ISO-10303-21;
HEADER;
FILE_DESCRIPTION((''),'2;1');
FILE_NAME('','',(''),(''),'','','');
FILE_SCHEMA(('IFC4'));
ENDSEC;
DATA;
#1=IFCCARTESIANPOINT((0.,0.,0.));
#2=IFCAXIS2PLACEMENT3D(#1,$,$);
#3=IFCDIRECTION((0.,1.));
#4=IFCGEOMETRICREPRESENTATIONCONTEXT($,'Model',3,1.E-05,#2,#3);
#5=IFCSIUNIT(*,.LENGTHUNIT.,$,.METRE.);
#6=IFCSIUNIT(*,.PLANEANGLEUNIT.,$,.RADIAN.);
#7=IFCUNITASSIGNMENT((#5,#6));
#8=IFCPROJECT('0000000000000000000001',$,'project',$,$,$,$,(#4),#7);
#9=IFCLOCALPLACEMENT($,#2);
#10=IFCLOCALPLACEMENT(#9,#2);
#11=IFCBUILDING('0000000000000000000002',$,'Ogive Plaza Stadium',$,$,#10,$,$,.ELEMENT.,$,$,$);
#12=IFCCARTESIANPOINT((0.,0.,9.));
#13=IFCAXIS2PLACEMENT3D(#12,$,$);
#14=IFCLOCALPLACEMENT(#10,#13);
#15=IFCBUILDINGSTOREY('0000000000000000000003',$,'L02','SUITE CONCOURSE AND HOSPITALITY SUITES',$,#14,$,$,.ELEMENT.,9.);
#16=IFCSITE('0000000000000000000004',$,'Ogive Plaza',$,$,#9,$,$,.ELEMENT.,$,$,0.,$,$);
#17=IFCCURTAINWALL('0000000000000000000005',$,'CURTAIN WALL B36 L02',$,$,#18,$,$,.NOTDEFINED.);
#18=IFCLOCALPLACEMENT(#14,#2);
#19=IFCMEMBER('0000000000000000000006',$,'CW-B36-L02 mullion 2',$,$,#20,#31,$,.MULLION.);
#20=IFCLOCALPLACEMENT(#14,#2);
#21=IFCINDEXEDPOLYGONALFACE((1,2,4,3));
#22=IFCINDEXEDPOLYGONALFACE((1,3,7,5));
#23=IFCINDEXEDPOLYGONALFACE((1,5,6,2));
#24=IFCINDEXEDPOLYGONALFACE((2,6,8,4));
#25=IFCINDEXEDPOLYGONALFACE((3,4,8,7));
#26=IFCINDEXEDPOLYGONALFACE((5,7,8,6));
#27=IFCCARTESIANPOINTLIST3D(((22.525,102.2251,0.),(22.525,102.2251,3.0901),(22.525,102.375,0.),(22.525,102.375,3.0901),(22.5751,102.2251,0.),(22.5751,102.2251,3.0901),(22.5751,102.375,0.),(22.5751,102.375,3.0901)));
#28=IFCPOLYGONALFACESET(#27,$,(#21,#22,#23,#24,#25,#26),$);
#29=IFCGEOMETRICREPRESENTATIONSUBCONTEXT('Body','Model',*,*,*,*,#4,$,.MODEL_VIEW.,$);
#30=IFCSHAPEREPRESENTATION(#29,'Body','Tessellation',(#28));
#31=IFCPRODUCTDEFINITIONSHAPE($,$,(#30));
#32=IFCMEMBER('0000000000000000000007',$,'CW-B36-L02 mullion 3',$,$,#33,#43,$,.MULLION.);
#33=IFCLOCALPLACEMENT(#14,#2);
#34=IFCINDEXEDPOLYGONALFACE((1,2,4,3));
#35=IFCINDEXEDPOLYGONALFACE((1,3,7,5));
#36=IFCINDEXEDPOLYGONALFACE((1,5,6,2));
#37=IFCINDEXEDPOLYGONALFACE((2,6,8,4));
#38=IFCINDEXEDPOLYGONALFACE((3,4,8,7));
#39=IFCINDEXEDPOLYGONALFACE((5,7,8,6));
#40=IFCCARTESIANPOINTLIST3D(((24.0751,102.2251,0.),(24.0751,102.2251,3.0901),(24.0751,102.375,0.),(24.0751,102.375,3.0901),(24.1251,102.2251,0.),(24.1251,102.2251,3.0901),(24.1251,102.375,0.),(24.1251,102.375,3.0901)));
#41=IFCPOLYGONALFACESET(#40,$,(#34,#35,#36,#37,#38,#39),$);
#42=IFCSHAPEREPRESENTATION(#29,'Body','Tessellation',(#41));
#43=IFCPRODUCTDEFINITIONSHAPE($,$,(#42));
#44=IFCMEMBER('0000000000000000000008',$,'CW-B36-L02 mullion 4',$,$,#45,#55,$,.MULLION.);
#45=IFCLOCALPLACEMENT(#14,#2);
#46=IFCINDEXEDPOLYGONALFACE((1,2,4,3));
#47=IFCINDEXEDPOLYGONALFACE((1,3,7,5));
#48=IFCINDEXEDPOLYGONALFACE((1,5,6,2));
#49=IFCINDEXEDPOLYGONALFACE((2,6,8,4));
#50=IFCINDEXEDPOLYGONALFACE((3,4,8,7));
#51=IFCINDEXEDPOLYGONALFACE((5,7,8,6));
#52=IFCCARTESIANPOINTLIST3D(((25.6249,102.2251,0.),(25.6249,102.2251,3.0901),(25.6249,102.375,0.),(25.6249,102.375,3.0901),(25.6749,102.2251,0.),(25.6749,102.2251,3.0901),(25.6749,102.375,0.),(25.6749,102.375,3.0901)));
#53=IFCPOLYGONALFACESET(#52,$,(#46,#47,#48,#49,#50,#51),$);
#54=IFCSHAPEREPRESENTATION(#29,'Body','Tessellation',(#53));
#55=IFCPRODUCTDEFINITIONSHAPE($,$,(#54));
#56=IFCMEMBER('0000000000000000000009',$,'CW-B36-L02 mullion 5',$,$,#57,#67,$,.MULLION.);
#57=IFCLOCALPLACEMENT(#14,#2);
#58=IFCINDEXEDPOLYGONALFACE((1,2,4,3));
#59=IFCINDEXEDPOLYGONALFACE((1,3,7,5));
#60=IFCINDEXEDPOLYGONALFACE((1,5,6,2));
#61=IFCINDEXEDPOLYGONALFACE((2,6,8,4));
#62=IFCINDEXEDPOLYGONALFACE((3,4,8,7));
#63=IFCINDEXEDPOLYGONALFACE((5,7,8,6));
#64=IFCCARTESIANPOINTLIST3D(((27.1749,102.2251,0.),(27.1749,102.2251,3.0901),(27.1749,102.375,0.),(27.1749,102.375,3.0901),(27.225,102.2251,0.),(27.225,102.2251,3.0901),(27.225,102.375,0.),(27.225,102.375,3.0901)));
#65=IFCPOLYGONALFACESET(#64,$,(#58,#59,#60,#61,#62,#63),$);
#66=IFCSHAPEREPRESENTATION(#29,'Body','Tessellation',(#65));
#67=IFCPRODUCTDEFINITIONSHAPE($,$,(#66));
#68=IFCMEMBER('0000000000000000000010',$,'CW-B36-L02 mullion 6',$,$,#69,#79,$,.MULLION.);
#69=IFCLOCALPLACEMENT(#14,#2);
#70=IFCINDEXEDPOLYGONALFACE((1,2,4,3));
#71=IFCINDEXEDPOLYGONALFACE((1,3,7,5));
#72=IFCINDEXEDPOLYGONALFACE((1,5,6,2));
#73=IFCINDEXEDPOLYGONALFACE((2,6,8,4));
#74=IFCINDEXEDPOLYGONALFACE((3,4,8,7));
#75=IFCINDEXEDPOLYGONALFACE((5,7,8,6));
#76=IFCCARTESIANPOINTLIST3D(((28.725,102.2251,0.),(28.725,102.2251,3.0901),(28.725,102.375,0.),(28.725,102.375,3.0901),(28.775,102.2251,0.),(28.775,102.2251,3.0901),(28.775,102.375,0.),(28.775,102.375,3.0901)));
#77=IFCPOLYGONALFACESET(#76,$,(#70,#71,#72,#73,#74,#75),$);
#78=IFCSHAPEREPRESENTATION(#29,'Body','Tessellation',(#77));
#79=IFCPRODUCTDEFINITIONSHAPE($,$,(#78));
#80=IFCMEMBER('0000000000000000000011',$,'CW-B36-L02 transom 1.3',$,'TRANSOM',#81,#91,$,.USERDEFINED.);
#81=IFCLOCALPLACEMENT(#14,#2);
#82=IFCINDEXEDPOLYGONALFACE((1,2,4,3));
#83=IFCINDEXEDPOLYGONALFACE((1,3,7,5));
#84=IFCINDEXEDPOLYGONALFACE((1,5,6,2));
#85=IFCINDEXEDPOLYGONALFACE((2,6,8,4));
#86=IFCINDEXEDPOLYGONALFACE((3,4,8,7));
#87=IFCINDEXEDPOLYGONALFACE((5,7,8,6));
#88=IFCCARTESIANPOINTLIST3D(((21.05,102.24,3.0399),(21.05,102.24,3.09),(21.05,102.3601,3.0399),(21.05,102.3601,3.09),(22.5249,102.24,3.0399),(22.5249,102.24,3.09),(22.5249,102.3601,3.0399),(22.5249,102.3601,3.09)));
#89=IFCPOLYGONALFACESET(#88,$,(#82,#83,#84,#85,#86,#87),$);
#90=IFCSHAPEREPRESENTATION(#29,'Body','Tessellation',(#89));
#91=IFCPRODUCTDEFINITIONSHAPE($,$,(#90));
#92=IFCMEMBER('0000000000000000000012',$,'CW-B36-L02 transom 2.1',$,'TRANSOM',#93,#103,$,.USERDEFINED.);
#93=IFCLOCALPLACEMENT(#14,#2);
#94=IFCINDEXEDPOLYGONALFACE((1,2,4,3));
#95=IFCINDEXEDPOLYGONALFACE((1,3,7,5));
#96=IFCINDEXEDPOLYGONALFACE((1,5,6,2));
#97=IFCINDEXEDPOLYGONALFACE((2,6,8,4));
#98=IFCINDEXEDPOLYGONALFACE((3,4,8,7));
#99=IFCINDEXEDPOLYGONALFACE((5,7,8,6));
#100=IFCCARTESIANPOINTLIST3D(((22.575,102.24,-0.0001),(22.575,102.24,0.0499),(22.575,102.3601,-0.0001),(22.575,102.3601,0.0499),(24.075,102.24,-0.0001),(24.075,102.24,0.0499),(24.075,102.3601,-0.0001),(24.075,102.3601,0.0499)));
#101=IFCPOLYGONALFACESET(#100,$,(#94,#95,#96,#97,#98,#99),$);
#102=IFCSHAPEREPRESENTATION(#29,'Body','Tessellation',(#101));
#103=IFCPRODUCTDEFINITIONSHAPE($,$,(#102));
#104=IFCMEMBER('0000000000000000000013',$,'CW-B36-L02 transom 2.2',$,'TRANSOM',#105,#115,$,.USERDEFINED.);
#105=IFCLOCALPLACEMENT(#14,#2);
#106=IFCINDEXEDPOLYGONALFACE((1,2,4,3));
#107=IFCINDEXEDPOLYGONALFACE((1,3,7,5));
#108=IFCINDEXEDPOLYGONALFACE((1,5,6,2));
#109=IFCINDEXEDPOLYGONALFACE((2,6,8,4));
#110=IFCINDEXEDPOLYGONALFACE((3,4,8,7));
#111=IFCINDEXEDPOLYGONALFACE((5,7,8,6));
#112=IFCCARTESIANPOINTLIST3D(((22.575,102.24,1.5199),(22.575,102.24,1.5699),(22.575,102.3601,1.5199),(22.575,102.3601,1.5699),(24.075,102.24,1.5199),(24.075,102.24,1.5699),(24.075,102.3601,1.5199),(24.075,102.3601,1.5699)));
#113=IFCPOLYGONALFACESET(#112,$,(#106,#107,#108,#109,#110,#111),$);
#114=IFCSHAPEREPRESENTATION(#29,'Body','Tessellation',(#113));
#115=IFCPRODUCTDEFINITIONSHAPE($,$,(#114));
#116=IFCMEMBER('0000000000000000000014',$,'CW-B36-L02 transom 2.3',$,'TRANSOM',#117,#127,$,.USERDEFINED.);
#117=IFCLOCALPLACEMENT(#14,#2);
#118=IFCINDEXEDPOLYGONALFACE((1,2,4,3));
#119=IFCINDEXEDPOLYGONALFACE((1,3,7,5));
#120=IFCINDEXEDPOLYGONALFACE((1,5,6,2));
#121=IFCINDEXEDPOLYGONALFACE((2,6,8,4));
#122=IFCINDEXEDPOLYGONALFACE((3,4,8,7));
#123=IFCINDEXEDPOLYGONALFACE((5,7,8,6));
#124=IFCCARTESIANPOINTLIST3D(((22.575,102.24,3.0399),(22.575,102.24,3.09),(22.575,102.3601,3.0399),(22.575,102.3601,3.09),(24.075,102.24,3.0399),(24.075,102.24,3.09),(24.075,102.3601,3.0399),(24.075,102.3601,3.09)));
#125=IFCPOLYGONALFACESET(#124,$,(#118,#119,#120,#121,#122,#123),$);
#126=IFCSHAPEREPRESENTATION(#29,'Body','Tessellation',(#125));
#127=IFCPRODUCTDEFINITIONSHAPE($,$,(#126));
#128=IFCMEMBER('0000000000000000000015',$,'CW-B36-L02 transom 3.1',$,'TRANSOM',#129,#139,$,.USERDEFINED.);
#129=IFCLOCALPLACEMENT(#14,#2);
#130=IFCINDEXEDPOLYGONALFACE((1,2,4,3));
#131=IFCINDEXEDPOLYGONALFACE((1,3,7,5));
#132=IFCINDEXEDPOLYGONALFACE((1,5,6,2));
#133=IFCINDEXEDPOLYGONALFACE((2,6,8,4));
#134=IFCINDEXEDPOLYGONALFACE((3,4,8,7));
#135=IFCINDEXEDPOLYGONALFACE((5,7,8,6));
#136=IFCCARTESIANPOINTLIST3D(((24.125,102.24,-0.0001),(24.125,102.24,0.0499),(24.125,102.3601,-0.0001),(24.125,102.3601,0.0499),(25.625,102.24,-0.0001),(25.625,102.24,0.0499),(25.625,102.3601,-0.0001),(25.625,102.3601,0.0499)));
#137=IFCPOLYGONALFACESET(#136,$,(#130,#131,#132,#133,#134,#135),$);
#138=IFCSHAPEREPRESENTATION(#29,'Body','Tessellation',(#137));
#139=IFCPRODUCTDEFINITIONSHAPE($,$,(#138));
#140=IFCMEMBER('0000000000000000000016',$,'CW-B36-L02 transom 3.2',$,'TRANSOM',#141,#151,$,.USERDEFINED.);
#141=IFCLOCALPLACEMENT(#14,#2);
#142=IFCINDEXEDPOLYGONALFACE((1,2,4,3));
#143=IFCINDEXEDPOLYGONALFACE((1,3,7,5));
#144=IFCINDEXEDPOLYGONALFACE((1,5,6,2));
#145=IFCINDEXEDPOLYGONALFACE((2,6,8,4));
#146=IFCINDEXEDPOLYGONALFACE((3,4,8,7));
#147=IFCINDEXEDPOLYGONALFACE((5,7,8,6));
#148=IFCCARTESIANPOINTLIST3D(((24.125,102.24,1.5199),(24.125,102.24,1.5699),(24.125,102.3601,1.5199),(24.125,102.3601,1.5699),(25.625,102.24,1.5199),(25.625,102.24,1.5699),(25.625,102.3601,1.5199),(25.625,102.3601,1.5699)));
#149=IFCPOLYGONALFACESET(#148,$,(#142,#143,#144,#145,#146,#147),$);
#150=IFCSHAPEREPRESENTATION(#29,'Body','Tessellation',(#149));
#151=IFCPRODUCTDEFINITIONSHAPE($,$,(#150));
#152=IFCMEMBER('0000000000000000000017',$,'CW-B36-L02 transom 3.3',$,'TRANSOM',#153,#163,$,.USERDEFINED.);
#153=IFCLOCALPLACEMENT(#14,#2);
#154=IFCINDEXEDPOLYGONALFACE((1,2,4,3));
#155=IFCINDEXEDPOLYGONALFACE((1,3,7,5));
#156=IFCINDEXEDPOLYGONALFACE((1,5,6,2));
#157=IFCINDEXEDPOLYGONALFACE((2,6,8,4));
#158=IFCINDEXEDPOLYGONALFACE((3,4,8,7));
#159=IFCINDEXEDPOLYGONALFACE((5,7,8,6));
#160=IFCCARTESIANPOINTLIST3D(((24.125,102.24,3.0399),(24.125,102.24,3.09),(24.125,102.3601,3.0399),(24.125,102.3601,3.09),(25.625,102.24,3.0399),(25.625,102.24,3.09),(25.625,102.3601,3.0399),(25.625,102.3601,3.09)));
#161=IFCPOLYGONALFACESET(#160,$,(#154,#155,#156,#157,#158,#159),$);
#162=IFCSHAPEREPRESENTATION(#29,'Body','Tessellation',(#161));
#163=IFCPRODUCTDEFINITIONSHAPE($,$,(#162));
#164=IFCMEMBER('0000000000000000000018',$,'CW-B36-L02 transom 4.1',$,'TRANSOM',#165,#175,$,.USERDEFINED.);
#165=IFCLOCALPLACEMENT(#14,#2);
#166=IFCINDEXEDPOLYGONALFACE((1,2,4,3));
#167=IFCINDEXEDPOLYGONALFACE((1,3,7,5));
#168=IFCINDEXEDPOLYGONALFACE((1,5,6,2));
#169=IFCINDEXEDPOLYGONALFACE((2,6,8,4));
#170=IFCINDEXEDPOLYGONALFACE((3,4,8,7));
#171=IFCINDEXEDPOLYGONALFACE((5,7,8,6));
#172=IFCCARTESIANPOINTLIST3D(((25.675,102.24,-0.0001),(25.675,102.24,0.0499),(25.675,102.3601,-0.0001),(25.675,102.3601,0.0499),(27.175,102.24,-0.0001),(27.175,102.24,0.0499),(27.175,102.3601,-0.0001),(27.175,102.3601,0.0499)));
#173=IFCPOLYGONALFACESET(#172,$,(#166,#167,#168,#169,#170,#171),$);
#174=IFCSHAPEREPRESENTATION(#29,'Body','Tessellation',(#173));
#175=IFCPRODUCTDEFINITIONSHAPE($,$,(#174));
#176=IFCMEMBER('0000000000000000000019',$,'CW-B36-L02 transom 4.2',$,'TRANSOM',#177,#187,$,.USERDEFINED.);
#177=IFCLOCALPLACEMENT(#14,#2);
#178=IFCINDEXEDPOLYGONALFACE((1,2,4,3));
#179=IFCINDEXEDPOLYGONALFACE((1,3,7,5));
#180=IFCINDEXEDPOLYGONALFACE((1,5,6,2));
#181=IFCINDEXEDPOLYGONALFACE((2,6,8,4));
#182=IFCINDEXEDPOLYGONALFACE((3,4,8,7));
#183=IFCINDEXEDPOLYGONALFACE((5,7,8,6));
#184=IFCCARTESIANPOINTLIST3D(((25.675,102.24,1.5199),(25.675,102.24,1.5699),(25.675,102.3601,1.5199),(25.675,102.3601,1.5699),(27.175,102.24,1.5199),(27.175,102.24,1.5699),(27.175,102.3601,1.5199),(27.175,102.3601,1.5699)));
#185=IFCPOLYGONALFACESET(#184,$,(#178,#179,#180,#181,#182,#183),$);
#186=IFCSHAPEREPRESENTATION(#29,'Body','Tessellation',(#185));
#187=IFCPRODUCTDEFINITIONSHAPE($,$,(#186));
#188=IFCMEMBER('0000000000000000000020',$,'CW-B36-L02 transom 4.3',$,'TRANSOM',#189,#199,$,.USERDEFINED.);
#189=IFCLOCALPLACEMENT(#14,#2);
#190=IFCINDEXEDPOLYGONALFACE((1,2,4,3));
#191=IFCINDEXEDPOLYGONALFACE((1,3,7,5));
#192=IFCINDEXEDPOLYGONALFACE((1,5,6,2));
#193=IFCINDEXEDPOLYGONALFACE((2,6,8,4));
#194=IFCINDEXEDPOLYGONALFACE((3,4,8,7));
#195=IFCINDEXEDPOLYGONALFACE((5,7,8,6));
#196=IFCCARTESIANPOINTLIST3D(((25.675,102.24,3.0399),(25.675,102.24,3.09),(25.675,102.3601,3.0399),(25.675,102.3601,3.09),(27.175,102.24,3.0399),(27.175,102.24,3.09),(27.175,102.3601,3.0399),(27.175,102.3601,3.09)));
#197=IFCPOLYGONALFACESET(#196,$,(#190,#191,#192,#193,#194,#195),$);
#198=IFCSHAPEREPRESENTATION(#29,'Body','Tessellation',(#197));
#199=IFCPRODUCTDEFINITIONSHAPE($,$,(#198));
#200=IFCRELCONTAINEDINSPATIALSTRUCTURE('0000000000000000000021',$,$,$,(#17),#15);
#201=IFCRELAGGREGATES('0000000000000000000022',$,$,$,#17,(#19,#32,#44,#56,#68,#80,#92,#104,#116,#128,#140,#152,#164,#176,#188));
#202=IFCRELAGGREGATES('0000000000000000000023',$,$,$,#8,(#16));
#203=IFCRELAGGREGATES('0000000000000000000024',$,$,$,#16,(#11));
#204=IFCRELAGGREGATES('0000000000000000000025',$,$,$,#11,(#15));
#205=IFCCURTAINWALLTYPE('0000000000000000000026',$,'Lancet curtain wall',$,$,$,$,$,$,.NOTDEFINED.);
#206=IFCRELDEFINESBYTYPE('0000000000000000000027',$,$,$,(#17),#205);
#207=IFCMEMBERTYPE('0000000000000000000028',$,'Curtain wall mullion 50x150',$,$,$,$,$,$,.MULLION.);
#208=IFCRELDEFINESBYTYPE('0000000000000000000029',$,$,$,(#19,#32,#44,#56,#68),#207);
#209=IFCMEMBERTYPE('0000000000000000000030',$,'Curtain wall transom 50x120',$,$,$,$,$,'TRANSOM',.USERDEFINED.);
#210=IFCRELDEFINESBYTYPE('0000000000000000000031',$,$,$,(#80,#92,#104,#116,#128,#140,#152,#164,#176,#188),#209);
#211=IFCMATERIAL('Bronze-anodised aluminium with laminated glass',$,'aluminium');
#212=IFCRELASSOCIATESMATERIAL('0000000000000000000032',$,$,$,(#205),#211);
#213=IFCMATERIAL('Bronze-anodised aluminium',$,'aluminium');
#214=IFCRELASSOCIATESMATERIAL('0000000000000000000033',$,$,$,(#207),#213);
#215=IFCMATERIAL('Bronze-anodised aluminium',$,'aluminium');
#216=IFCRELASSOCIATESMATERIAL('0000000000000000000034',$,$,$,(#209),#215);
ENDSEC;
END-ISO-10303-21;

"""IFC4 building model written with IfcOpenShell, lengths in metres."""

from ifc_helpers import new_model, si_unit, direction, frame, origin, origin_2d, place, context, subcontext, project, spatial, rectangle, extrude, material, material_profile, profile_set, type_object, element, aggregate, save


model = new_model("IFC4")

# Units and contexts
model_context = context("Model", 3, precision=1e-05, world=origin(), true_north=direction((0.0, 1.0)))
body_context = subcontext(model_context, "Body", "Model", "MODEL_VIEW")
ifc_project = project(units=[si_unit("LENGTHUNIT", "METRE"), si_unit("PLANEANGLEUNIT", "RADIAN")], contexts=[model_context])

# Site, building, storey
site_placement = place(None, origin())
site = spatial("IfcSite", under=ifc_project, at=site_placement, Name="Ogive Plaza", CompositionType="ELEMENT", RefElevation=0.0)
building_placement = place(site_placement, origin())
building = spatial("IfcBuilding", under=site, at=building_placement, Name="Ogive Plaza Stadium", CompositionType="ELEMENT")
storey_placement = place(building_placement, frame((0.0, 0.0, 9.0)))
storey = spatial("IfcBuildingStorey", under=building, at=storey_placement, Name="L02", Description="SUITE CONCOURSE AND HOSPITALITY SUITES", CompositionType="ELEMENT", Elevation=9.0)

# Curtain wall, members
ifc_material_1 = material(Name="Bronze-anodised aluminium with laminated glass", Category="aluminium")
curtain_wall_type = type_object("IfcCurtainWallType", Name="Lancet curtain wall", PredefinedType="NOTDEFINED", material=ifc_material_1)
curtain_wall_placement = place(storey_placement, origin())
curtain_wall = element("IfcCurtainWall", 1, at=curtain_wall_placement, inside=storey, type_object=curtain_wall_type, Name="CURTAIN WALL B36 L02", PredefinedType="NOTDEFINED")
ifc_material_2 = material(Name="Bronze-anodised aluminium", Category="aluminium")
ifc_material_profile_1 = material_profile(ifc_material_2, rectangle(XDim=0.1499, YDim=0.05, at=origin_2d()), Name="AL 150x50")
ifc_profile_set_1 = profile_set([ifc_material_profile_1], Name="Bronze-anodised aluminium")
member_type_1 = type_object("IfcMemberType", Name="Curtain wall mullion 50x150", PredefinedType="MULLION", material=ifc_profile_set_1)
member_1_placement = place(storey_placement, frame((22.55, 102.3, 0.0), z_axis=(0.0, 0.0, 1.0), x_axis=(0.0, 1.0, 0.0)))
member_1 = element("IfcMember", 2, at=member_1_placement, type_object=member_type_1, Name="CW-B36-L02 mullion 2", PredefinedType="MULLION", context=body_context, shape_type="SweptSolid", body=[
    extrude(rectangle(XDim=0.1499, YDim=0.05, at=origin_2d()), origin(), (0.0, 0.0, 1.0), 3.0901),
])
member_2_placement = place(storey_placement, frame((24.1001, 102.3, 0.0), z_axis=(0.0, 0.0, 1.0), x_axis=(0.0, 1.0, 0.0)))
member_2 = element("IfcMember", 3, at=member_2_placement, type_object=member_type_1, Name="CW-B36-L02 mullion 3", PredefinedType="MULLION", context=body_context, shape_type="SweptSolid", body=[
    extrude(rectangle(XDim=0.1499, YDim=0.05, at=origin_2d()), origin(), (0.0, 0.0, 1.0), 3.0901),
])
member_3_placement = place(storey_placement, frame((25.6499, 102.3, 0.0), z_axis=(0.0, 0.0, 1.0), x_axis=(0.0, 1.0, 0.0)))
member_3 = element("IfcMember", 4, at=member_3_placement, type_object=member_type_1, Name="CW-B36-L02 mullion 4", PredefinedType="MULLION", context=body_context, shape_type="SweptSolid", body=[
    extrude(rectangle(XDim=0.1499, YDim=0.05, at=origin_2d()), origin(), (0.0, 0.0, 1.0), 3.0901),
])
member_4_placement = place(storey_placement, frame((27.2, 102.3, 0.0), z_axis=(0.0, 0.0, 1.0), x_axis=(0.0, 1.0, 0.0)))
member_4 = element("IfcMember", 5, at=member_4_placement, type_object=member_type_1, Name="CW-B36-L02 mullion 5", PredefinedType="MULLION", context=body_context, shape_type="SweptSolid", body=[
    extrude(rectangle(XDim=0.1499, YDim=0.05, at=origin_2d()), origin(), (0.0, 0.0, 1.0), 3.0901),
])
member_5_placement = place(storey_placement, frame((28.75, 102.3, 0.0), z_axis=(0.0, 0.0, 1.0), x_axis=(0.0, 1.0, 0.0)))
member_5 = element("IfcMember", 6, at=member_5_placement, type_object=member_type_1, Name="CW-B36-L02 mullion 6", PredefinedType="MULLION", context=body_context, shape_type="SweptSolid", body=[
    extrude(rectangle(XDim=0.1499, YDim=0.05, at=origin_2d()), origin(), (0.0, 0.0, 1.0), 3.0901),
])
ifc_material_3 = material(Name="Bronze-anodised aluminium", Category="aluminium")
ifc_material_profile_2 = material_profile(ifc_material_3, rectangle(XDim=0.1201, YDim=0.05, at=origin_2d()), Name="AL 120x50")
ifc_profile_set_2 = profile_set([ifc_material_profile_2], Name="Bronze-anodised aluminium")
member_type_2 = type_object("IfcMemberType", Name="Curtain wall transom 50x120", ElementType="TRANSOM", PredefinedType="USERDEFINED", material=ifc_profile_set_2)
member_6_placement = place(storey_placement, frame((21.05, 102.3, 3.0649), z_axis=(1.0, 0.0, 0.0), x_axis=(0.0, 1.0, 0.0)))
member_6 = element("IfcMember", 7, at=member_6_placement, type_object=member_type_2, Name="CW-B36-L02 transom 1.3", ObjectType="TRANSOM", PredefinedType="USERDEFINED", context=body_context, shape_type="SweptSolid", body=[
    extrude(rectangle(XDim=0.1201, YDim=0.05, at=origin_2d()), origin(), (0.0, 0.0, 1.0), 1.4749),
])
member_7_placement = place(storey_placement, frame((22.575, 102.3, 0.0249), z_axis=(1.0, 0.0, 0.0), x_axis=(0.0, 1.0, 0.0)))
member_7 = element("IfcMember", 8, at=member_7_placement, type_object=member_type_2, Name="CW-B36-L02 transom 2.1", ObjectType="TRANSOM", PredefinedType="USERDEFINED", context=body_context, shape_type="SweptSolid", body=[
    extrude(rectangle(XDim=0.1201, YDim=0.05, at=origin_2d()), origin(), (0.0, 0.0, 1.0), 1.5),
])
member_8_placement = place(storey_placement, frame((22.575, 102.3, 1.5449), z_axis=(1.0, 0.0, 0.0), x_axis=(0.0, 1.0, 0.0)))
member_8 = element("IfcMember", 9, at=member_8_placement, type_object=member_type_2, Name="CW-B36-L02 transom 2.2", ObjectType="TRANSOM", PredefinedType="USERDEFINED", context=body_context, shape_type="SweptSolid", body=[
    extrude(rectangle(XDim=0.1201, YDim=0.05, at=origin_2d()), origin(), (0.0, 0.0, 1.0), 1.5),
])
member_9_placement = place(storey_placement, frame((22.575, 102.3, 3.0649), z_axis=(1.0, 0.0, 0.0), x_axis=(0.0, 1.0, 0.0)))
member_9 = element("IfcMember", 10, at=member_9_placement, type_object=member_type_2, Name="CW-B36-L02 transom 2.3", ObjectType="TRANSOM", PredefinedType="USERDEFINED", context=body_context, shape_type="SweptSolid", body=[
    extrude(rectangle(XDim=0.1201, YDim=0.05, at=origin_2d()), origin(), (0.0, 0.0, 1.0), 1.5),
])
member_10_placement = place(storey_placement, frame((24.125, 102.3, 0.0249), z_axis=(1.0, 0.0, 0.0), x_axis=(0.0, 1.0, 0.0)))
member_10 = element("IfcMember", 11, at=member_10_placement, type_object=member_type_2, Name="CW-B36-L02 transom 3.1", ObjectType="TRANSOM", PredefinedType="USERDEFINED", context=body_context, shape_type="SweptSolid", body=[
    extrude(rectangle(XDim=0.1201, YDim=0.05, at=origin_2d()), origin(), (0.0, 0.0, 1.0), 1.5),
])
member_11_placement = place(storey_placement, frame((24.125, 102.3, 1.5449), z_axis=(1.0, 0.0, 0.0), x_axis=(0.0, 1.0, 0.0)))
member_11 = element("IfcMember", 12, at=member_11_placement, type_object=member_type_2, Name="CW-B36-L02 transom 3.2", ObjectType="TRANSOM", PredefinedType="USERDEFINED", context=body_context, shape_type="SweptSolid", body=[
    extrude(rectangle(XDim=0.1201, YDim=0.05, at=origin_2d()), origin(), (0.0, 0.0, 1.0), 1.5),
])
member_12_placement = place(storey_placement, frame((24.125, 102.3, 3.0649), z_axis=(1.0, 0.0, 0.0), x_axis=(0.0, 1.0, 0.0)))
member_12 = element("IfcMember", 13, at=member_12_placement, type_object=member_type_2, Name="CW-B36-L02 transom 3.3", ObjectType="TRANSOM", PredefinedType="USERDEFINED", context=body_context, shape_type="SweptSolid", body=[
    extrude(rectangle(XDim=0.1201, YDim=0.05, at=origin_2d()), origin(), (0.0, 0.0, 1.0), 1.5),
])
member_13_placement = place(storey_placement, frame((25.675, 102.3, 0.0249), z_axis=(1.0, 0.0, 0.0), x_axis=(0.0, 1.0, 0.0)))
member_13 = element("IfcMember", 14, at=member_13_placement, type_object=member_type_2, Name="CW-B36-L02 transom 4.1", ObjectType="TRANSOM", PredefinedType="USERDEFINED", context=body_context, shape_type="SweptSolid", body=[
    extrude(rectangle(XDim=0.1201, YDim=0.05, at=origin_2d()), origin(), (0.0, 0.0, 1.0), 1.5),
])
member_14_placement = place(storey_placement, frame((25.675, 102.3, 1.5449), z_axis=(1.0, 0.0, 0.0), x_axis=(0.0, 1.0, 0.0)))
member_14 = element("IfcMember", 15, at=member_14_placement, type_object=member_type_2, Name="CW-B36-L02 transom 4.2", ObjectType="TRANSOM", PredefinedType="USERDEFINED", context=body_context, shape_type="SweptSolid", body=[
    extrude(rectangle(XDim=0.1201, YDim=0.05, at=origin_2d()), origin(), (0.0, 0.0, 1.0), 1.5),
])
member_15_placement = place(storey_placement, frame((25.675, 102.3, 3.0649), z_axis=(1.0, 0.0, 0.0), x_axis=(0.0, 1.0, 0.0)))
member_15 = element("IfcMember", 16, at=member_15_placement, type_object=member_type_2, Name="CW-B36-L02 transom 4.3", ObjectType="TRANSOM", PredefinedType="USERDEFINED", context=body_context, shape_type="SweptSolid", body=[
    extrude(rectangle(XDim=0.1201, YDim=0.05, at=origin_2d()), origin(), (0.0, 0.0, 1.0), 1.5),
])
aggregate(curtain_wall, [member_1, member_2, member_3, member_4, member_5, member_6, member_7, member_8, member_9, member_10, member_11, member_12, member_13, member_14, member_15])

save(model, "model.ifc")
